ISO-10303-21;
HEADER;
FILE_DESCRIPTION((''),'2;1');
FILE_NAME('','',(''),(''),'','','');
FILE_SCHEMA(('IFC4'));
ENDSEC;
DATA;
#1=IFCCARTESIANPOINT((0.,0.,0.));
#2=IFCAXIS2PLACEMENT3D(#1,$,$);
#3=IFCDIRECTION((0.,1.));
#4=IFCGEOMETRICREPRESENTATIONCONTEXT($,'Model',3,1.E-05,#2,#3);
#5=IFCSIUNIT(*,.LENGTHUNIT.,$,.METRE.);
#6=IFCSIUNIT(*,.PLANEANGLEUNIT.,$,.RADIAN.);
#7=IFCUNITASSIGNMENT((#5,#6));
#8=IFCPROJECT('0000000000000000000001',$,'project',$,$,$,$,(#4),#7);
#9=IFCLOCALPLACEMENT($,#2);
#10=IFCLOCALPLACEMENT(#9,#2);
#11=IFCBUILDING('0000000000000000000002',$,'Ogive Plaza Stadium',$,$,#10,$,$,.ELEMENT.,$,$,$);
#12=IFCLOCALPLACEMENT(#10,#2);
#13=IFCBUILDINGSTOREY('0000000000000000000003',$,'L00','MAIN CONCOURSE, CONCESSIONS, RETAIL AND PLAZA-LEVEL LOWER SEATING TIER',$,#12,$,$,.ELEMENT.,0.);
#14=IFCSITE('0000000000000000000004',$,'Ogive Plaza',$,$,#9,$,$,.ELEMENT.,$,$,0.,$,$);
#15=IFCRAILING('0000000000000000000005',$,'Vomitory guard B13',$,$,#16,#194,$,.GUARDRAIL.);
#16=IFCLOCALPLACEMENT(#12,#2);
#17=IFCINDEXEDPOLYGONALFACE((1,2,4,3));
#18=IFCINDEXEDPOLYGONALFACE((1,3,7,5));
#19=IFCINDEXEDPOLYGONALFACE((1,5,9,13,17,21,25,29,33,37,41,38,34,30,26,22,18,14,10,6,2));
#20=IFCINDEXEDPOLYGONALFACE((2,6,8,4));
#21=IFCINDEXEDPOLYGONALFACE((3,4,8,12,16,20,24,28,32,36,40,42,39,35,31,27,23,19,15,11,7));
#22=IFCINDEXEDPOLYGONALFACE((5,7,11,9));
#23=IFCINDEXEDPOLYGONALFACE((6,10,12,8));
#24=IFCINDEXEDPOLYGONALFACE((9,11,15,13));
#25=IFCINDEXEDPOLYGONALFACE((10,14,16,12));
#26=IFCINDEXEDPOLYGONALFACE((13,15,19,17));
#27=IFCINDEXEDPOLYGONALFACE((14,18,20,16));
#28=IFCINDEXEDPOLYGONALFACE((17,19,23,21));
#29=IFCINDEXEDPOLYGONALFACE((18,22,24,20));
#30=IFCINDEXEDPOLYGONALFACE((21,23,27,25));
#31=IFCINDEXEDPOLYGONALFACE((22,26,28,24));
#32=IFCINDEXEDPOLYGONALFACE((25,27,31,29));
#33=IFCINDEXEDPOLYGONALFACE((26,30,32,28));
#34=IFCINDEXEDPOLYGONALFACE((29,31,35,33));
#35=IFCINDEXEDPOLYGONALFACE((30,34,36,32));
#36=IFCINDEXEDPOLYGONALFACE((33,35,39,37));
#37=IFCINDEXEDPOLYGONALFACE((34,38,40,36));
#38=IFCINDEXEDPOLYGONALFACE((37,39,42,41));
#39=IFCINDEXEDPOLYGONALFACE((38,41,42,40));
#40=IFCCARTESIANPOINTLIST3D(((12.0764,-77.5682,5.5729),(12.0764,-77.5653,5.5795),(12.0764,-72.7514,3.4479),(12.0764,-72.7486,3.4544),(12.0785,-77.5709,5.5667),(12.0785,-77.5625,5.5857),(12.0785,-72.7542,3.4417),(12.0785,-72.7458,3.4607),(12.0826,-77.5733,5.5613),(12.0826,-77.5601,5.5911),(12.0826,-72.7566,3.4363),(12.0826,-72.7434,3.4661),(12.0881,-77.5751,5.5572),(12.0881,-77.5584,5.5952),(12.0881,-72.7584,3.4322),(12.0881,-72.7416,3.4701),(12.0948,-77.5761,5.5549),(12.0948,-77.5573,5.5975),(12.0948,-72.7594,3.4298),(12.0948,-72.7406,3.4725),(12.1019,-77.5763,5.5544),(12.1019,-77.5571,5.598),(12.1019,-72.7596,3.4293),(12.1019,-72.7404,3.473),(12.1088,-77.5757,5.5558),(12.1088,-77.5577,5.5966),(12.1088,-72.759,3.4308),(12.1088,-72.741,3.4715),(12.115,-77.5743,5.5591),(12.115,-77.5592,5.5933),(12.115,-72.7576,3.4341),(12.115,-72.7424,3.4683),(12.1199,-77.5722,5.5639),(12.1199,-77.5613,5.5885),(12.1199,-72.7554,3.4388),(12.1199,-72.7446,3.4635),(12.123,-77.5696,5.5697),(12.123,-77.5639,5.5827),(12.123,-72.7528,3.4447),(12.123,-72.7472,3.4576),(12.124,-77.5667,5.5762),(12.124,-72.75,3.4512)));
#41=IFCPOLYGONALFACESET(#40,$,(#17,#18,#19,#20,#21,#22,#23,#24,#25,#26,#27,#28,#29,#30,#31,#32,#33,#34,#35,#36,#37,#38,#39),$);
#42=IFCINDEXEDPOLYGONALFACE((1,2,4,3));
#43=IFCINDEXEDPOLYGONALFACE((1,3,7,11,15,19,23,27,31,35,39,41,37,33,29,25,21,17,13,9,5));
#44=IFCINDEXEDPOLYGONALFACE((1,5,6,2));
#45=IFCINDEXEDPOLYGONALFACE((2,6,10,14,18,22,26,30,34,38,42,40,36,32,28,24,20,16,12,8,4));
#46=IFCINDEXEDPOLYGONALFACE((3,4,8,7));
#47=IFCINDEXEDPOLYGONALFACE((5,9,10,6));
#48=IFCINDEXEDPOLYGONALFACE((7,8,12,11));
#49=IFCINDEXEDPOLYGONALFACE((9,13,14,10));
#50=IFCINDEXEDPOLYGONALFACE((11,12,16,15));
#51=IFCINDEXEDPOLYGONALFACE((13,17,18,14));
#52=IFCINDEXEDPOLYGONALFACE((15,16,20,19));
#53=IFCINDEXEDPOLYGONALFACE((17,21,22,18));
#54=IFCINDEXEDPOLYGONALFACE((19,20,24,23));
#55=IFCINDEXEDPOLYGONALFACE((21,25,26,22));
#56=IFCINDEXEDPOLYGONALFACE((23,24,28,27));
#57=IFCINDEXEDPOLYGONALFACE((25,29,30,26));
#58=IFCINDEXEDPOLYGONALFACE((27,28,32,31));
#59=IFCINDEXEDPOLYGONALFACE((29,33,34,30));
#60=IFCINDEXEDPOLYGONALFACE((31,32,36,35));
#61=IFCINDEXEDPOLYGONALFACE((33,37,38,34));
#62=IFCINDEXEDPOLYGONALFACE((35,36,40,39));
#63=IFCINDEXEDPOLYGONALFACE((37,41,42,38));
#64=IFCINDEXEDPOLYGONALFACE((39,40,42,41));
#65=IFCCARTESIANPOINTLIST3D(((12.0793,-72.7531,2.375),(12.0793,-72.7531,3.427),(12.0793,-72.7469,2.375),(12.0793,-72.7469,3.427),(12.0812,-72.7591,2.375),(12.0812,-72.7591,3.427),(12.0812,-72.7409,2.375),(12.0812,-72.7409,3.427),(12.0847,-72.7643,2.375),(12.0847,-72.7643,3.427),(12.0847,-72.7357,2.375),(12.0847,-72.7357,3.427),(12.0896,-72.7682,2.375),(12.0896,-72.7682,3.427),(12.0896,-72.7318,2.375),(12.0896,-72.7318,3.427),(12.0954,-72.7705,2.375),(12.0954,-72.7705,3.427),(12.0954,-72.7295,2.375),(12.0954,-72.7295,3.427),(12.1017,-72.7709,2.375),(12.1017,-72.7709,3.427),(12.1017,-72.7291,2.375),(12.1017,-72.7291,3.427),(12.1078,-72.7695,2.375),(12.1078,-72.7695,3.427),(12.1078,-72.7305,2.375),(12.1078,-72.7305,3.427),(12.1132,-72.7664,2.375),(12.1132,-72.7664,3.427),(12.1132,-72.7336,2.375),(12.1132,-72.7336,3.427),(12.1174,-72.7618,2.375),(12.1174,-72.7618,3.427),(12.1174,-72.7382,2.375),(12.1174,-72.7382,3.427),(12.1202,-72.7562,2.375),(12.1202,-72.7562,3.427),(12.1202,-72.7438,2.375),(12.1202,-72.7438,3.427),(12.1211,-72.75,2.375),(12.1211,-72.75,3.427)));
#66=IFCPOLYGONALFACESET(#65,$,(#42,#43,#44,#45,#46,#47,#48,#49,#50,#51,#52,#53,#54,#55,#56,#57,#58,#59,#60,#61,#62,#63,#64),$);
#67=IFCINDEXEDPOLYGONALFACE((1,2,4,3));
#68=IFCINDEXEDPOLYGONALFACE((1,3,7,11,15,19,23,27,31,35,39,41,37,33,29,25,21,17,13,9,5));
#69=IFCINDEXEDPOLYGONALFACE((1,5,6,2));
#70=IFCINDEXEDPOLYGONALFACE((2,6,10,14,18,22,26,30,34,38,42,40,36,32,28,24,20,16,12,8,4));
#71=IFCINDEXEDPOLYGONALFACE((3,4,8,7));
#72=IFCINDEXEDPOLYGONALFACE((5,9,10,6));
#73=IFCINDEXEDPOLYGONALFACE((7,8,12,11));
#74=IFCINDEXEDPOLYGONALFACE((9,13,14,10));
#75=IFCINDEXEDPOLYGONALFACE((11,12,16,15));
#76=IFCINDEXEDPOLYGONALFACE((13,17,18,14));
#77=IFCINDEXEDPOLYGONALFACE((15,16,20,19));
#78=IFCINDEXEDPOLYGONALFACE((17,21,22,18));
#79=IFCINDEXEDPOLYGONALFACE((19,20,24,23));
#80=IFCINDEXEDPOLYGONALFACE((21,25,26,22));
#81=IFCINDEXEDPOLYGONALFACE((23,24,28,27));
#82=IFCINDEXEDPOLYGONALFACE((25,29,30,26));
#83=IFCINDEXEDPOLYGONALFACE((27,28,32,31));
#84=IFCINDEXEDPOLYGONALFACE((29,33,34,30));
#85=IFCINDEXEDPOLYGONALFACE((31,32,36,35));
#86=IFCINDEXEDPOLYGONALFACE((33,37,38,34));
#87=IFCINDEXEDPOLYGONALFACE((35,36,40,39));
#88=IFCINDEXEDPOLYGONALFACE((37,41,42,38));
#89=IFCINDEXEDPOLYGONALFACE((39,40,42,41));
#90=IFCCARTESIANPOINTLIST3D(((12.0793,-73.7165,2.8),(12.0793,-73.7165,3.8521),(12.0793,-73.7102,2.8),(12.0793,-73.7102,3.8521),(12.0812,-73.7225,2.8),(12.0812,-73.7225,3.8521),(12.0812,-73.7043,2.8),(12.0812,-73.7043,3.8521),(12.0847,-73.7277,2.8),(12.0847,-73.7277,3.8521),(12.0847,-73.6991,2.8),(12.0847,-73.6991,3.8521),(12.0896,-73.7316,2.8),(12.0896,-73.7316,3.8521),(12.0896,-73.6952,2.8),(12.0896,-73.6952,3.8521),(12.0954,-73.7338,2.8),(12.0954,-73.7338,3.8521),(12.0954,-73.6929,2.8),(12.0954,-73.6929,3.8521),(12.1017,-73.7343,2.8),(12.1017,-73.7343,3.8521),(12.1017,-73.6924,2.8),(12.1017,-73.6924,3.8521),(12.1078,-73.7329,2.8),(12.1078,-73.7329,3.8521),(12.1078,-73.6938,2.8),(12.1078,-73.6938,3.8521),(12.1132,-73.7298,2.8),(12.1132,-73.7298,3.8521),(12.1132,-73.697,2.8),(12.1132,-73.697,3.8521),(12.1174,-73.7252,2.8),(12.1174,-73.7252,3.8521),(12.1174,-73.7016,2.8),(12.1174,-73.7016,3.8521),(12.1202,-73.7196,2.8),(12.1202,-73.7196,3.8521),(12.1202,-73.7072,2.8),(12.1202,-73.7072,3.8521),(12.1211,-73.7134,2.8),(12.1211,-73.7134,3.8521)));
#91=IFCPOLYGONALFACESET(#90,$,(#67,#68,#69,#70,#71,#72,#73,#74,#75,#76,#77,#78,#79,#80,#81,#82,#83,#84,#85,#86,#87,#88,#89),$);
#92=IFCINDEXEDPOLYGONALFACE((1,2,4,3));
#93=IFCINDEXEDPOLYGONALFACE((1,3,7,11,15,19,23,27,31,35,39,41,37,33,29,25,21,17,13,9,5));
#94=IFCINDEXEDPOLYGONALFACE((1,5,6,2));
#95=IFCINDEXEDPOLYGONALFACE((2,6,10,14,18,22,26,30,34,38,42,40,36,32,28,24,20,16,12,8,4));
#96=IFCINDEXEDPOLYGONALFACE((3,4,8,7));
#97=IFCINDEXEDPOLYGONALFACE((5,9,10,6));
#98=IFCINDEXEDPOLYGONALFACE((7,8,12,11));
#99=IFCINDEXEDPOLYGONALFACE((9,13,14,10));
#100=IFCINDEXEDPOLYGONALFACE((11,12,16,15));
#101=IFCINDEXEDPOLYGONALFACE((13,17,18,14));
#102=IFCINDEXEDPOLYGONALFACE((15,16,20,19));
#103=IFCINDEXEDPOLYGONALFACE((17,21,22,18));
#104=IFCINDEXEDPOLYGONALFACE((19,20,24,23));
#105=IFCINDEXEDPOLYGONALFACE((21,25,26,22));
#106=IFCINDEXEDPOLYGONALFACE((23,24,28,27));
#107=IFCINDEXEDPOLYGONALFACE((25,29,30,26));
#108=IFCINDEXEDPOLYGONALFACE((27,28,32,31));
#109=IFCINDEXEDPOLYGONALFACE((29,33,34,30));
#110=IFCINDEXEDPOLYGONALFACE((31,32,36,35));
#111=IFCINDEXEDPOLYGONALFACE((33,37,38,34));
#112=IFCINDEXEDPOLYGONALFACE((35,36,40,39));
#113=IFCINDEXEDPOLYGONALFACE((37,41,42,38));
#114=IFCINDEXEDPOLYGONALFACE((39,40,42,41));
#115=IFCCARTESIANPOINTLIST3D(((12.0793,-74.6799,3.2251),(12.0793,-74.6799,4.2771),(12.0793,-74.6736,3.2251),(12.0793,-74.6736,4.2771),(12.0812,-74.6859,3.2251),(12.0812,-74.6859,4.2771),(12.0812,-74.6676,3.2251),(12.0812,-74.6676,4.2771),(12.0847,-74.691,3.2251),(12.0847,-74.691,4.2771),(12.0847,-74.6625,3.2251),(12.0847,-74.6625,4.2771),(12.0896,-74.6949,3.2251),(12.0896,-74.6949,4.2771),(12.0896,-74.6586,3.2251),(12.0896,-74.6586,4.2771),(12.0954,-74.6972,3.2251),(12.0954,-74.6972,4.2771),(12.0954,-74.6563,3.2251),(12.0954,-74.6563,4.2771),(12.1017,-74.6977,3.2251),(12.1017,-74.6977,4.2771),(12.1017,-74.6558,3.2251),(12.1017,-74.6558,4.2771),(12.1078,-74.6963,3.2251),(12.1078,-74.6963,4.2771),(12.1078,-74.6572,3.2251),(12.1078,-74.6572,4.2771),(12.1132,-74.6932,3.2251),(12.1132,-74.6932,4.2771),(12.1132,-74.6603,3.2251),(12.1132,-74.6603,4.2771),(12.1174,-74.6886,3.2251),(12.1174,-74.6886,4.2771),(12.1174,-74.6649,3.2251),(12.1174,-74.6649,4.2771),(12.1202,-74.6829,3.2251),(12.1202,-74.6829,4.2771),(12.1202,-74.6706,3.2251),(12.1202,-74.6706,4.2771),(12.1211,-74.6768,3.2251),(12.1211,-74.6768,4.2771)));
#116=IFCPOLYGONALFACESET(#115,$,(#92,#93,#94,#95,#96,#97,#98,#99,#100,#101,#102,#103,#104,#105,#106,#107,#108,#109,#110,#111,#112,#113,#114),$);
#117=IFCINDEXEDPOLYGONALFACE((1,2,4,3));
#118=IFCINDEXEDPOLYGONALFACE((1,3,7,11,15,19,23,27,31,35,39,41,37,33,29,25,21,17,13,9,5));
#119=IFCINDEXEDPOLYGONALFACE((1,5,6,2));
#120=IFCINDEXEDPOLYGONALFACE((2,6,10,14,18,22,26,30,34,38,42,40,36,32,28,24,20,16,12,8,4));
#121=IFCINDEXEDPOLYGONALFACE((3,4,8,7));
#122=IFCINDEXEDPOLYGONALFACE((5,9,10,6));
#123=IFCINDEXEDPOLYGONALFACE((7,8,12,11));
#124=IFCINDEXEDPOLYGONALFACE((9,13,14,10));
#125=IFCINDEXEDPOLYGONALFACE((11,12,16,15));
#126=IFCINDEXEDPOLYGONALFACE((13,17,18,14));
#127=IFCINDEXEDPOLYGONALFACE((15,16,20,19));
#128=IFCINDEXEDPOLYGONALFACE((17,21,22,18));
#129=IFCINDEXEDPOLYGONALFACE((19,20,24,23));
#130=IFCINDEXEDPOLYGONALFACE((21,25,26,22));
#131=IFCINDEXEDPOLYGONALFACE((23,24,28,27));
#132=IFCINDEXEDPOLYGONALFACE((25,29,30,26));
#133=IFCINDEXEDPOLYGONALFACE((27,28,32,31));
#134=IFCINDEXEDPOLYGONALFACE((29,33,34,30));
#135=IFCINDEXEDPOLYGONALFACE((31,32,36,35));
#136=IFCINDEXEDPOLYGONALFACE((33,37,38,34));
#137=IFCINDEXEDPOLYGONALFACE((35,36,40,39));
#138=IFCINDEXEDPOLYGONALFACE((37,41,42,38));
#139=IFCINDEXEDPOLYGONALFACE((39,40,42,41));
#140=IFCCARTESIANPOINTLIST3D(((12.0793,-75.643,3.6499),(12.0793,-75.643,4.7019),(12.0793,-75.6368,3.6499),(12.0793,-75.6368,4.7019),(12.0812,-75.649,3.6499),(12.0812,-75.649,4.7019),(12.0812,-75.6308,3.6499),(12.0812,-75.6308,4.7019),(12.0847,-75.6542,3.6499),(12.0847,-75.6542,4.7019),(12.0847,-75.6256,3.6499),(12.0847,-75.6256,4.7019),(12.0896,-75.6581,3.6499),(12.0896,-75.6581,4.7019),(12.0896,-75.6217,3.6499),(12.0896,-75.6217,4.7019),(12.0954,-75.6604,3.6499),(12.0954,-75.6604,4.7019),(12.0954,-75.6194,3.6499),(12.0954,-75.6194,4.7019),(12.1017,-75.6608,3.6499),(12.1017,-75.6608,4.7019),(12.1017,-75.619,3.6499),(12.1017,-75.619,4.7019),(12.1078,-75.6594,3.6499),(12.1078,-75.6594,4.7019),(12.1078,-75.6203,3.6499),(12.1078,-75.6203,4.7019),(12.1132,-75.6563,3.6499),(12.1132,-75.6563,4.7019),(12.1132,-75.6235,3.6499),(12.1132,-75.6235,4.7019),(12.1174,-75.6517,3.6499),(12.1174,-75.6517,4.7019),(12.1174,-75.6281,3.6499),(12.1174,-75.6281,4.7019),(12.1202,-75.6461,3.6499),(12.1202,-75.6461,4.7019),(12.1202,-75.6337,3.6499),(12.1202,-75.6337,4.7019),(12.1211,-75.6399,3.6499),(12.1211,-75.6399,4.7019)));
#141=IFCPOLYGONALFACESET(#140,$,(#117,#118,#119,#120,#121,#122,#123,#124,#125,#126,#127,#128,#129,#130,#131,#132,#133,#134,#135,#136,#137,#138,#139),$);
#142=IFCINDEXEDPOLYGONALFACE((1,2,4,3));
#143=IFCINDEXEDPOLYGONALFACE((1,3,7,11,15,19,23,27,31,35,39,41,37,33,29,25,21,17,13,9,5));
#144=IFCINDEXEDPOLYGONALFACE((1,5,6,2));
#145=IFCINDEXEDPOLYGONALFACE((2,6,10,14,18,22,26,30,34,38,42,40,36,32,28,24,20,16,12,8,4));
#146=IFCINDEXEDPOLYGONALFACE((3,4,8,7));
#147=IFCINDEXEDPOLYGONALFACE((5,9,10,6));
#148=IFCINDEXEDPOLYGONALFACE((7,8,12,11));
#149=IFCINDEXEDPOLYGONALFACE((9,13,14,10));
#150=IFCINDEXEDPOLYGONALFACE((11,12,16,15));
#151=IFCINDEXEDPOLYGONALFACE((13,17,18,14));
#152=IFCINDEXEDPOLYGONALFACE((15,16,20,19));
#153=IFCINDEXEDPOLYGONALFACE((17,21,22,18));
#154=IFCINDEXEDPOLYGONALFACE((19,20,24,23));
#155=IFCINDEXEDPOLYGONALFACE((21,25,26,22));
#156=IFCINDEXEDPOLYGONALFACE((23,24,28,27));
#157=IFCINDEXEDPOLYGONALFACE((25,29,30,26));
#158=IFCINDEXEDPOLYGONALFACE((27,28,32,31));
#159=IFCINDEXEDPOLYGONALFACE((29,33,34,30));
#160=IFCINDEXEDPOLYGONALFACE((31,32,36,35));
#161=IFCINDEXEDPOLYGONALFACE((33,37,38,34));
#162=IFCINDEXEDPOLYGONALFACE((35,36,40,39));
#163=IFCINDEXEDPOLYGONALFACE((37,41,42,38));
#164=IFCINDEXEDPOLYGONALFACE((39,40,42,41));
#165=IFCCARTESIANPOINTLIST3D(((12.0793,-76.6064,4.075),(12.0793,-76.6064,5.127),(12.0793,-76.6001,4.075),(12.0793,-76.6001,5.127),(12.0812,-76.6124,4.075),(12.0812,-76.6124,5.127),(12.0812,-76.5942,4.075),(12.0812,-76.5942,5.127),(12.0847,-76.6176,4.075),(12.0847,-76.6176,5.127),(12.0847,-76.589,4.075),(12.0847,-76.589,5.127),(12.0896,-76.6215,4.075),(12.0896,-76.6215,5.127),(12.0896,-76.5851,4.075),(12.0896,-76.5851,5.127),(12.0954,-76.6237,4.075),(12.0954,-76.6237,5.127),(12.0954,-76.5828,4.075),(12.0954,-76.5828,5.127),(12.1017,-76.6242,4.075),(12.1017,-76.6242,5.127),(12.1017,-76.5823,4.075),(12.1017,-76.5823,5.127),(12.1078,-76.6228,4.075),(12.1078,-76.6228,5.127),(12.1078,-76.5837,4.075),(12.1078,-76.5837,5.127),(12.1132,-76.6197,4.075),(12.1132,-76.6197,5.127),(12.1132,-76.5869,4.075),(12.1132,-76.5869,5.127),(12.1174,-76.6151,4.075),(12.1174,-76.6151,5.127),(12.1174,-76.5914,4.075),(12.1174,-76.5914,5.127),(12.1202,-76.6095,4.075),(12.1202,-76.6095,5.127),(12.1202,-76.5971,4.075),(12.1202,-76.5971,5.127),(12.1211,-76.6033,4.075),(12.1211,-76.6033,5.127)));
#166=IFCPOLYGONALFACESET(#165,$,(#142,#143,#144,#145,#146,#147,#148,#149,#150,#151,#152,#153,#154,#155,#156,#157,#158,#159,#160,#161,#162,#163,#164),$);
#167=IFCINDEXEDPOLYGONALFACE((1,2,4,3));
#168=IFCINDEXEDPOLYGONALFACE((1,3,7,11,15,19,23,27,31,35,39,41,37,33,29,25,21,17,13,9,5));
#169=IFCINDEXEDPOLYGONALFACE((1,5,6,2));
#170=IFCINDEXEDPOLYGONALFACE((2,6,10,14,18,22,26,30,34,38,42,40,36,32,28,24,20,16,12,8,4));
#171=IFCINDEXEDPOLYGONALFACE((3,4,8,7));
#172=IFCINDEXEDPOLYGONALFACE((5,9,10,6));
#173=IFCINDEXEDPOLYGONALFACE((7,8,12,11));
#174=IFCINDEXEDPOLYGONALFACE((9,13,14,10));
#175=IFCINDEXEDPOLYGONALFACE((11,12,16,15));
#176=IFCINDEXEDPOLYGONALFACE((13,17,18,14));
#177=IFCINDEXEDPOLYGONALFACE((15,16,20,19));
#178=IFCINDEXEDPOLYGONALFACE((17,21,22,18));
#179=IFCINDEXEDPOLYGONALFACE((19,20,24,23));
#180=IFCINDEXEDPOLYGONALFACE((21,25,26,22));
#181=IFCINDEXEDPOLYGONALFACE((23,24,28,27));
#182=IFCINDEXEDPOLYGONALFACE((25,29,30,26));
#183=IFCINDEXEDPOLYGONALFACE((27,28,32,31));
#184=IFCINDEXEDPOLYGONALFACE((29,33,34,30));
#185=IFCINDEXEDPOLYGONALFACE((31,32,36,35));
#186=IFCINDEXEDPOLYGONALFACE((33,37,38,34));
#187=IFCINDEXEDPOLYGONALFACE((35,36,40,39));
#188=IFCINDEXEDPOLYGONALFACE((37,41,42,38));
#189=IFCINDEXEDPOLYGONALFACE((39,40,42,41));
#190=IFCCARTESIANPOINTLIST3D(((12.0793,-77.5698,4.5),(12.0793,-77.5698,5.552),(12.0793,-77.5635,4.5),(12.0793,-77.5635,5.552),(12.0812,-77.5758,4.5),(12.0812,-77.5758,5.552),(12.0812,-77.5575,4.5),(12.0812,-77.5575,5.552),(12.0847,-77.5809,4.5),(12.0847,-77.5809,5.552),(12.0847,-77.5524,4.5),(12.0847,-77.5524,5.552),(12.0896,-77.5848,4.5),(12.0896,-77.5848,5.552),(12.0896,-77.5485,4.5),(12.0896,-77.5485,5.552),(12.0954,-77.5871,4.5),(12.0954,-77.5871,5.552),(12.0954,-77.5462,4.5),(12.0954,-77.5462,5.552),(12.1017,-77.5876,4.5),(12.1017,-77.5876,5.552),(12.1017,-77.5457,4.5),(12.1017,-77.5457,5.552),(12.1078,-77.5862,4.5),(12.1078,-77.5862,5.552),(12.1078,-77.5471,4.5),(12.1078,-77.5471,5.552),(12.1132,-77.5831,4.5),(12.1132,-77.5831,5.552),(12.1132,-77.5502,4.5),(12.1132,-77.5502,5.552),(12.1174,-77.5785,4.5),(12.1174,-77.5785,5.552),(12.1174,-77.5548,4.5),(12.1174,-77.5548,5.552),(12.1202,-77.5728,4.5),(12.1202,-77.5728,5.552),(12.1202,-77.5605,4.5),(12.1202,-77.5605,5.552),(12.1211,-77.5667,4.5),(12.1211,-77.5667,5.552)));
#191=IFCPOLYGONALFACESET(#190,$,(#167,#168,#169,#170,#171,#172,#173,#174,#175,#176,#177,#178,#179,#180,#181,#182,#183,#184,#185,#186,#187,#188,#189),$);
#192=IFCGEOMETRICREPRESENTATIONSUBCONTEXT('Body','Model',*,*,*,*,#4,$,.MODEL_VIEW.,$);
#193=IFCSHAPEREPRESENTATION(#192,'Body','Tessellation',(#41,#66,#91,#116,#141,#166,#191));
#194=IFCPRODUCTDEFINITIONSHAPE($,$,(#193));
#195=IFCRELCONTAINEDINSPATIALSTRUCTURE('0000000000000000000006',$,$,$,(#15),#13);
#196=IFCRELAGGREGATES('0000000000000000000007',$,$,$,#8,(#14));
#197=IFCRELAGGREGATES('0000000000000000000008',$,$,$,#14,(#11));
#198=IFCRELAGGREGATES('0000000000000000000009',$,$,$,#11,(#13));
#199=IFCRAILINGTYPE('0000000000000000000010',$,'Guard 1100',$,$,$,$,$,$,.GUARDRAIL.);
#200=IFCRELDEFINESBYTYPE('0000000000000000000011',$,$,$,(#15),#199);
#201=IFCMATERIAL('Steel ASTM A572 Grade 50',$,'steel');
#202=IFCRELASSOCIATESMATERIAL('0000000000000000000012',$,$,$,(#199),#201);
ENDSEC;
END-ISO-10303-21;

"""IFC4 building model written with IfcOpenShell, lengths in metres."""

from ifc_helpers import new_model, si_unit, direction, frame, origin, origin_2d, place, context, subcontext, project, spatial, circle, extrude, material, type_object, element, save


model = new_model("IFC4")

# Units and contexts
model_context = context("Model", 3, precision=1e-05, world=origin(), true_north=direction((0.0, 1.0)))
body_context = subcontext(model_context, "Body", "Model", "MODEL_VIEW")
ifc_project = project(units=[si_unit("LENGTHUNIT", "METRE"), si_unit("PLANEANGLEUNIT", "RADIAN")], contexts=[model_context])

# Site, building, storey
site_placement = place(None, origin())
site = spatial("IfcSite", under=ifc_project, at=site_placement, Name="Ogive Plaza", CompositionType="ELEMENT", RefElevation=0.0)
building_placement = place(site_placement, origin())
building = spatial("IfcBuilding", under=site, at=building_placement, Name="Ogive Plaza Stadium", CompositionType="ELEMENT")
storey_placement = place(building_placement, origin())
storey = spatial("IfcBuildingStorey", under=building, at=storey_placement, Name="L00", Description="MAIN CONCOURSE, CONCESSIONS, RETAIL AND PLAZA-LEVEL LOWER SEATING TIER", CompositionType="ELEMENT", Elevation=0.0)

# Railing
ifc_material_1 = material(Name="Steel ASTM A572 Grade 50", Category="steel")
railing_type = type_object("IfcRailingType", Name="Guard 1100", PredefinedType="GUARDRAIL", material=ifc_material_1)
for number, where, name in (
    (1, (12.1001, -72.75, 2.375), "Vomitory guard B13"),
):
    element("IfcRailing", number, at=place(storey_placement, frame(where)), inside=storey, type_object=railing_type, Name=name, PredefinedType="GUARDRAIL", context=body_context, shape_type="SweptSolid", body=[
        extrude(circle(Radius=0.0239, at=origin_2d()), frame((0.0, 0.0, 1.0762), z_axis=(0.0, -0.914917, 0.403641), x_axis=(1.0, 0.0, 0.0)), (0.0, 0.0, 1.0), 5.2646),
        extrude(circle(Radius=0.021, at=origin_2d()), origin(), (0.0, 0.0, 1.0), 1.052),
        extrude(circle(Radius=0.021, at=origin_2d()), frame((0.0, -0.9634, 0.425)), (0.0, 0.0, 1.0), 1.052),
        extrude(circle(Radius=0.021, at=origin_2d()), frame((0.0, -1.9268, 0.8501)), (0.0, 0.0, 1.0), 1.052),
        extrude(circle(Radius=0.021, at=origin_2d()), frame((0.0, -2.8899, 1.2749)), (0.0, 0.0, 1.0), 1.052),
        extrude(circle(Radius=0.021, at=origin_2d()), frame((0.0, -3.8533, 1.7)), (0.0, 0.0, 1.0), 1.052),
        extrude(circle(Radius=0.021, at=origin_2d()), frame((0.0, -4.8167, 2.125)), (0.0, 0.0, 1.0), 1.052),
    ])

save(model, "model.ifc")
